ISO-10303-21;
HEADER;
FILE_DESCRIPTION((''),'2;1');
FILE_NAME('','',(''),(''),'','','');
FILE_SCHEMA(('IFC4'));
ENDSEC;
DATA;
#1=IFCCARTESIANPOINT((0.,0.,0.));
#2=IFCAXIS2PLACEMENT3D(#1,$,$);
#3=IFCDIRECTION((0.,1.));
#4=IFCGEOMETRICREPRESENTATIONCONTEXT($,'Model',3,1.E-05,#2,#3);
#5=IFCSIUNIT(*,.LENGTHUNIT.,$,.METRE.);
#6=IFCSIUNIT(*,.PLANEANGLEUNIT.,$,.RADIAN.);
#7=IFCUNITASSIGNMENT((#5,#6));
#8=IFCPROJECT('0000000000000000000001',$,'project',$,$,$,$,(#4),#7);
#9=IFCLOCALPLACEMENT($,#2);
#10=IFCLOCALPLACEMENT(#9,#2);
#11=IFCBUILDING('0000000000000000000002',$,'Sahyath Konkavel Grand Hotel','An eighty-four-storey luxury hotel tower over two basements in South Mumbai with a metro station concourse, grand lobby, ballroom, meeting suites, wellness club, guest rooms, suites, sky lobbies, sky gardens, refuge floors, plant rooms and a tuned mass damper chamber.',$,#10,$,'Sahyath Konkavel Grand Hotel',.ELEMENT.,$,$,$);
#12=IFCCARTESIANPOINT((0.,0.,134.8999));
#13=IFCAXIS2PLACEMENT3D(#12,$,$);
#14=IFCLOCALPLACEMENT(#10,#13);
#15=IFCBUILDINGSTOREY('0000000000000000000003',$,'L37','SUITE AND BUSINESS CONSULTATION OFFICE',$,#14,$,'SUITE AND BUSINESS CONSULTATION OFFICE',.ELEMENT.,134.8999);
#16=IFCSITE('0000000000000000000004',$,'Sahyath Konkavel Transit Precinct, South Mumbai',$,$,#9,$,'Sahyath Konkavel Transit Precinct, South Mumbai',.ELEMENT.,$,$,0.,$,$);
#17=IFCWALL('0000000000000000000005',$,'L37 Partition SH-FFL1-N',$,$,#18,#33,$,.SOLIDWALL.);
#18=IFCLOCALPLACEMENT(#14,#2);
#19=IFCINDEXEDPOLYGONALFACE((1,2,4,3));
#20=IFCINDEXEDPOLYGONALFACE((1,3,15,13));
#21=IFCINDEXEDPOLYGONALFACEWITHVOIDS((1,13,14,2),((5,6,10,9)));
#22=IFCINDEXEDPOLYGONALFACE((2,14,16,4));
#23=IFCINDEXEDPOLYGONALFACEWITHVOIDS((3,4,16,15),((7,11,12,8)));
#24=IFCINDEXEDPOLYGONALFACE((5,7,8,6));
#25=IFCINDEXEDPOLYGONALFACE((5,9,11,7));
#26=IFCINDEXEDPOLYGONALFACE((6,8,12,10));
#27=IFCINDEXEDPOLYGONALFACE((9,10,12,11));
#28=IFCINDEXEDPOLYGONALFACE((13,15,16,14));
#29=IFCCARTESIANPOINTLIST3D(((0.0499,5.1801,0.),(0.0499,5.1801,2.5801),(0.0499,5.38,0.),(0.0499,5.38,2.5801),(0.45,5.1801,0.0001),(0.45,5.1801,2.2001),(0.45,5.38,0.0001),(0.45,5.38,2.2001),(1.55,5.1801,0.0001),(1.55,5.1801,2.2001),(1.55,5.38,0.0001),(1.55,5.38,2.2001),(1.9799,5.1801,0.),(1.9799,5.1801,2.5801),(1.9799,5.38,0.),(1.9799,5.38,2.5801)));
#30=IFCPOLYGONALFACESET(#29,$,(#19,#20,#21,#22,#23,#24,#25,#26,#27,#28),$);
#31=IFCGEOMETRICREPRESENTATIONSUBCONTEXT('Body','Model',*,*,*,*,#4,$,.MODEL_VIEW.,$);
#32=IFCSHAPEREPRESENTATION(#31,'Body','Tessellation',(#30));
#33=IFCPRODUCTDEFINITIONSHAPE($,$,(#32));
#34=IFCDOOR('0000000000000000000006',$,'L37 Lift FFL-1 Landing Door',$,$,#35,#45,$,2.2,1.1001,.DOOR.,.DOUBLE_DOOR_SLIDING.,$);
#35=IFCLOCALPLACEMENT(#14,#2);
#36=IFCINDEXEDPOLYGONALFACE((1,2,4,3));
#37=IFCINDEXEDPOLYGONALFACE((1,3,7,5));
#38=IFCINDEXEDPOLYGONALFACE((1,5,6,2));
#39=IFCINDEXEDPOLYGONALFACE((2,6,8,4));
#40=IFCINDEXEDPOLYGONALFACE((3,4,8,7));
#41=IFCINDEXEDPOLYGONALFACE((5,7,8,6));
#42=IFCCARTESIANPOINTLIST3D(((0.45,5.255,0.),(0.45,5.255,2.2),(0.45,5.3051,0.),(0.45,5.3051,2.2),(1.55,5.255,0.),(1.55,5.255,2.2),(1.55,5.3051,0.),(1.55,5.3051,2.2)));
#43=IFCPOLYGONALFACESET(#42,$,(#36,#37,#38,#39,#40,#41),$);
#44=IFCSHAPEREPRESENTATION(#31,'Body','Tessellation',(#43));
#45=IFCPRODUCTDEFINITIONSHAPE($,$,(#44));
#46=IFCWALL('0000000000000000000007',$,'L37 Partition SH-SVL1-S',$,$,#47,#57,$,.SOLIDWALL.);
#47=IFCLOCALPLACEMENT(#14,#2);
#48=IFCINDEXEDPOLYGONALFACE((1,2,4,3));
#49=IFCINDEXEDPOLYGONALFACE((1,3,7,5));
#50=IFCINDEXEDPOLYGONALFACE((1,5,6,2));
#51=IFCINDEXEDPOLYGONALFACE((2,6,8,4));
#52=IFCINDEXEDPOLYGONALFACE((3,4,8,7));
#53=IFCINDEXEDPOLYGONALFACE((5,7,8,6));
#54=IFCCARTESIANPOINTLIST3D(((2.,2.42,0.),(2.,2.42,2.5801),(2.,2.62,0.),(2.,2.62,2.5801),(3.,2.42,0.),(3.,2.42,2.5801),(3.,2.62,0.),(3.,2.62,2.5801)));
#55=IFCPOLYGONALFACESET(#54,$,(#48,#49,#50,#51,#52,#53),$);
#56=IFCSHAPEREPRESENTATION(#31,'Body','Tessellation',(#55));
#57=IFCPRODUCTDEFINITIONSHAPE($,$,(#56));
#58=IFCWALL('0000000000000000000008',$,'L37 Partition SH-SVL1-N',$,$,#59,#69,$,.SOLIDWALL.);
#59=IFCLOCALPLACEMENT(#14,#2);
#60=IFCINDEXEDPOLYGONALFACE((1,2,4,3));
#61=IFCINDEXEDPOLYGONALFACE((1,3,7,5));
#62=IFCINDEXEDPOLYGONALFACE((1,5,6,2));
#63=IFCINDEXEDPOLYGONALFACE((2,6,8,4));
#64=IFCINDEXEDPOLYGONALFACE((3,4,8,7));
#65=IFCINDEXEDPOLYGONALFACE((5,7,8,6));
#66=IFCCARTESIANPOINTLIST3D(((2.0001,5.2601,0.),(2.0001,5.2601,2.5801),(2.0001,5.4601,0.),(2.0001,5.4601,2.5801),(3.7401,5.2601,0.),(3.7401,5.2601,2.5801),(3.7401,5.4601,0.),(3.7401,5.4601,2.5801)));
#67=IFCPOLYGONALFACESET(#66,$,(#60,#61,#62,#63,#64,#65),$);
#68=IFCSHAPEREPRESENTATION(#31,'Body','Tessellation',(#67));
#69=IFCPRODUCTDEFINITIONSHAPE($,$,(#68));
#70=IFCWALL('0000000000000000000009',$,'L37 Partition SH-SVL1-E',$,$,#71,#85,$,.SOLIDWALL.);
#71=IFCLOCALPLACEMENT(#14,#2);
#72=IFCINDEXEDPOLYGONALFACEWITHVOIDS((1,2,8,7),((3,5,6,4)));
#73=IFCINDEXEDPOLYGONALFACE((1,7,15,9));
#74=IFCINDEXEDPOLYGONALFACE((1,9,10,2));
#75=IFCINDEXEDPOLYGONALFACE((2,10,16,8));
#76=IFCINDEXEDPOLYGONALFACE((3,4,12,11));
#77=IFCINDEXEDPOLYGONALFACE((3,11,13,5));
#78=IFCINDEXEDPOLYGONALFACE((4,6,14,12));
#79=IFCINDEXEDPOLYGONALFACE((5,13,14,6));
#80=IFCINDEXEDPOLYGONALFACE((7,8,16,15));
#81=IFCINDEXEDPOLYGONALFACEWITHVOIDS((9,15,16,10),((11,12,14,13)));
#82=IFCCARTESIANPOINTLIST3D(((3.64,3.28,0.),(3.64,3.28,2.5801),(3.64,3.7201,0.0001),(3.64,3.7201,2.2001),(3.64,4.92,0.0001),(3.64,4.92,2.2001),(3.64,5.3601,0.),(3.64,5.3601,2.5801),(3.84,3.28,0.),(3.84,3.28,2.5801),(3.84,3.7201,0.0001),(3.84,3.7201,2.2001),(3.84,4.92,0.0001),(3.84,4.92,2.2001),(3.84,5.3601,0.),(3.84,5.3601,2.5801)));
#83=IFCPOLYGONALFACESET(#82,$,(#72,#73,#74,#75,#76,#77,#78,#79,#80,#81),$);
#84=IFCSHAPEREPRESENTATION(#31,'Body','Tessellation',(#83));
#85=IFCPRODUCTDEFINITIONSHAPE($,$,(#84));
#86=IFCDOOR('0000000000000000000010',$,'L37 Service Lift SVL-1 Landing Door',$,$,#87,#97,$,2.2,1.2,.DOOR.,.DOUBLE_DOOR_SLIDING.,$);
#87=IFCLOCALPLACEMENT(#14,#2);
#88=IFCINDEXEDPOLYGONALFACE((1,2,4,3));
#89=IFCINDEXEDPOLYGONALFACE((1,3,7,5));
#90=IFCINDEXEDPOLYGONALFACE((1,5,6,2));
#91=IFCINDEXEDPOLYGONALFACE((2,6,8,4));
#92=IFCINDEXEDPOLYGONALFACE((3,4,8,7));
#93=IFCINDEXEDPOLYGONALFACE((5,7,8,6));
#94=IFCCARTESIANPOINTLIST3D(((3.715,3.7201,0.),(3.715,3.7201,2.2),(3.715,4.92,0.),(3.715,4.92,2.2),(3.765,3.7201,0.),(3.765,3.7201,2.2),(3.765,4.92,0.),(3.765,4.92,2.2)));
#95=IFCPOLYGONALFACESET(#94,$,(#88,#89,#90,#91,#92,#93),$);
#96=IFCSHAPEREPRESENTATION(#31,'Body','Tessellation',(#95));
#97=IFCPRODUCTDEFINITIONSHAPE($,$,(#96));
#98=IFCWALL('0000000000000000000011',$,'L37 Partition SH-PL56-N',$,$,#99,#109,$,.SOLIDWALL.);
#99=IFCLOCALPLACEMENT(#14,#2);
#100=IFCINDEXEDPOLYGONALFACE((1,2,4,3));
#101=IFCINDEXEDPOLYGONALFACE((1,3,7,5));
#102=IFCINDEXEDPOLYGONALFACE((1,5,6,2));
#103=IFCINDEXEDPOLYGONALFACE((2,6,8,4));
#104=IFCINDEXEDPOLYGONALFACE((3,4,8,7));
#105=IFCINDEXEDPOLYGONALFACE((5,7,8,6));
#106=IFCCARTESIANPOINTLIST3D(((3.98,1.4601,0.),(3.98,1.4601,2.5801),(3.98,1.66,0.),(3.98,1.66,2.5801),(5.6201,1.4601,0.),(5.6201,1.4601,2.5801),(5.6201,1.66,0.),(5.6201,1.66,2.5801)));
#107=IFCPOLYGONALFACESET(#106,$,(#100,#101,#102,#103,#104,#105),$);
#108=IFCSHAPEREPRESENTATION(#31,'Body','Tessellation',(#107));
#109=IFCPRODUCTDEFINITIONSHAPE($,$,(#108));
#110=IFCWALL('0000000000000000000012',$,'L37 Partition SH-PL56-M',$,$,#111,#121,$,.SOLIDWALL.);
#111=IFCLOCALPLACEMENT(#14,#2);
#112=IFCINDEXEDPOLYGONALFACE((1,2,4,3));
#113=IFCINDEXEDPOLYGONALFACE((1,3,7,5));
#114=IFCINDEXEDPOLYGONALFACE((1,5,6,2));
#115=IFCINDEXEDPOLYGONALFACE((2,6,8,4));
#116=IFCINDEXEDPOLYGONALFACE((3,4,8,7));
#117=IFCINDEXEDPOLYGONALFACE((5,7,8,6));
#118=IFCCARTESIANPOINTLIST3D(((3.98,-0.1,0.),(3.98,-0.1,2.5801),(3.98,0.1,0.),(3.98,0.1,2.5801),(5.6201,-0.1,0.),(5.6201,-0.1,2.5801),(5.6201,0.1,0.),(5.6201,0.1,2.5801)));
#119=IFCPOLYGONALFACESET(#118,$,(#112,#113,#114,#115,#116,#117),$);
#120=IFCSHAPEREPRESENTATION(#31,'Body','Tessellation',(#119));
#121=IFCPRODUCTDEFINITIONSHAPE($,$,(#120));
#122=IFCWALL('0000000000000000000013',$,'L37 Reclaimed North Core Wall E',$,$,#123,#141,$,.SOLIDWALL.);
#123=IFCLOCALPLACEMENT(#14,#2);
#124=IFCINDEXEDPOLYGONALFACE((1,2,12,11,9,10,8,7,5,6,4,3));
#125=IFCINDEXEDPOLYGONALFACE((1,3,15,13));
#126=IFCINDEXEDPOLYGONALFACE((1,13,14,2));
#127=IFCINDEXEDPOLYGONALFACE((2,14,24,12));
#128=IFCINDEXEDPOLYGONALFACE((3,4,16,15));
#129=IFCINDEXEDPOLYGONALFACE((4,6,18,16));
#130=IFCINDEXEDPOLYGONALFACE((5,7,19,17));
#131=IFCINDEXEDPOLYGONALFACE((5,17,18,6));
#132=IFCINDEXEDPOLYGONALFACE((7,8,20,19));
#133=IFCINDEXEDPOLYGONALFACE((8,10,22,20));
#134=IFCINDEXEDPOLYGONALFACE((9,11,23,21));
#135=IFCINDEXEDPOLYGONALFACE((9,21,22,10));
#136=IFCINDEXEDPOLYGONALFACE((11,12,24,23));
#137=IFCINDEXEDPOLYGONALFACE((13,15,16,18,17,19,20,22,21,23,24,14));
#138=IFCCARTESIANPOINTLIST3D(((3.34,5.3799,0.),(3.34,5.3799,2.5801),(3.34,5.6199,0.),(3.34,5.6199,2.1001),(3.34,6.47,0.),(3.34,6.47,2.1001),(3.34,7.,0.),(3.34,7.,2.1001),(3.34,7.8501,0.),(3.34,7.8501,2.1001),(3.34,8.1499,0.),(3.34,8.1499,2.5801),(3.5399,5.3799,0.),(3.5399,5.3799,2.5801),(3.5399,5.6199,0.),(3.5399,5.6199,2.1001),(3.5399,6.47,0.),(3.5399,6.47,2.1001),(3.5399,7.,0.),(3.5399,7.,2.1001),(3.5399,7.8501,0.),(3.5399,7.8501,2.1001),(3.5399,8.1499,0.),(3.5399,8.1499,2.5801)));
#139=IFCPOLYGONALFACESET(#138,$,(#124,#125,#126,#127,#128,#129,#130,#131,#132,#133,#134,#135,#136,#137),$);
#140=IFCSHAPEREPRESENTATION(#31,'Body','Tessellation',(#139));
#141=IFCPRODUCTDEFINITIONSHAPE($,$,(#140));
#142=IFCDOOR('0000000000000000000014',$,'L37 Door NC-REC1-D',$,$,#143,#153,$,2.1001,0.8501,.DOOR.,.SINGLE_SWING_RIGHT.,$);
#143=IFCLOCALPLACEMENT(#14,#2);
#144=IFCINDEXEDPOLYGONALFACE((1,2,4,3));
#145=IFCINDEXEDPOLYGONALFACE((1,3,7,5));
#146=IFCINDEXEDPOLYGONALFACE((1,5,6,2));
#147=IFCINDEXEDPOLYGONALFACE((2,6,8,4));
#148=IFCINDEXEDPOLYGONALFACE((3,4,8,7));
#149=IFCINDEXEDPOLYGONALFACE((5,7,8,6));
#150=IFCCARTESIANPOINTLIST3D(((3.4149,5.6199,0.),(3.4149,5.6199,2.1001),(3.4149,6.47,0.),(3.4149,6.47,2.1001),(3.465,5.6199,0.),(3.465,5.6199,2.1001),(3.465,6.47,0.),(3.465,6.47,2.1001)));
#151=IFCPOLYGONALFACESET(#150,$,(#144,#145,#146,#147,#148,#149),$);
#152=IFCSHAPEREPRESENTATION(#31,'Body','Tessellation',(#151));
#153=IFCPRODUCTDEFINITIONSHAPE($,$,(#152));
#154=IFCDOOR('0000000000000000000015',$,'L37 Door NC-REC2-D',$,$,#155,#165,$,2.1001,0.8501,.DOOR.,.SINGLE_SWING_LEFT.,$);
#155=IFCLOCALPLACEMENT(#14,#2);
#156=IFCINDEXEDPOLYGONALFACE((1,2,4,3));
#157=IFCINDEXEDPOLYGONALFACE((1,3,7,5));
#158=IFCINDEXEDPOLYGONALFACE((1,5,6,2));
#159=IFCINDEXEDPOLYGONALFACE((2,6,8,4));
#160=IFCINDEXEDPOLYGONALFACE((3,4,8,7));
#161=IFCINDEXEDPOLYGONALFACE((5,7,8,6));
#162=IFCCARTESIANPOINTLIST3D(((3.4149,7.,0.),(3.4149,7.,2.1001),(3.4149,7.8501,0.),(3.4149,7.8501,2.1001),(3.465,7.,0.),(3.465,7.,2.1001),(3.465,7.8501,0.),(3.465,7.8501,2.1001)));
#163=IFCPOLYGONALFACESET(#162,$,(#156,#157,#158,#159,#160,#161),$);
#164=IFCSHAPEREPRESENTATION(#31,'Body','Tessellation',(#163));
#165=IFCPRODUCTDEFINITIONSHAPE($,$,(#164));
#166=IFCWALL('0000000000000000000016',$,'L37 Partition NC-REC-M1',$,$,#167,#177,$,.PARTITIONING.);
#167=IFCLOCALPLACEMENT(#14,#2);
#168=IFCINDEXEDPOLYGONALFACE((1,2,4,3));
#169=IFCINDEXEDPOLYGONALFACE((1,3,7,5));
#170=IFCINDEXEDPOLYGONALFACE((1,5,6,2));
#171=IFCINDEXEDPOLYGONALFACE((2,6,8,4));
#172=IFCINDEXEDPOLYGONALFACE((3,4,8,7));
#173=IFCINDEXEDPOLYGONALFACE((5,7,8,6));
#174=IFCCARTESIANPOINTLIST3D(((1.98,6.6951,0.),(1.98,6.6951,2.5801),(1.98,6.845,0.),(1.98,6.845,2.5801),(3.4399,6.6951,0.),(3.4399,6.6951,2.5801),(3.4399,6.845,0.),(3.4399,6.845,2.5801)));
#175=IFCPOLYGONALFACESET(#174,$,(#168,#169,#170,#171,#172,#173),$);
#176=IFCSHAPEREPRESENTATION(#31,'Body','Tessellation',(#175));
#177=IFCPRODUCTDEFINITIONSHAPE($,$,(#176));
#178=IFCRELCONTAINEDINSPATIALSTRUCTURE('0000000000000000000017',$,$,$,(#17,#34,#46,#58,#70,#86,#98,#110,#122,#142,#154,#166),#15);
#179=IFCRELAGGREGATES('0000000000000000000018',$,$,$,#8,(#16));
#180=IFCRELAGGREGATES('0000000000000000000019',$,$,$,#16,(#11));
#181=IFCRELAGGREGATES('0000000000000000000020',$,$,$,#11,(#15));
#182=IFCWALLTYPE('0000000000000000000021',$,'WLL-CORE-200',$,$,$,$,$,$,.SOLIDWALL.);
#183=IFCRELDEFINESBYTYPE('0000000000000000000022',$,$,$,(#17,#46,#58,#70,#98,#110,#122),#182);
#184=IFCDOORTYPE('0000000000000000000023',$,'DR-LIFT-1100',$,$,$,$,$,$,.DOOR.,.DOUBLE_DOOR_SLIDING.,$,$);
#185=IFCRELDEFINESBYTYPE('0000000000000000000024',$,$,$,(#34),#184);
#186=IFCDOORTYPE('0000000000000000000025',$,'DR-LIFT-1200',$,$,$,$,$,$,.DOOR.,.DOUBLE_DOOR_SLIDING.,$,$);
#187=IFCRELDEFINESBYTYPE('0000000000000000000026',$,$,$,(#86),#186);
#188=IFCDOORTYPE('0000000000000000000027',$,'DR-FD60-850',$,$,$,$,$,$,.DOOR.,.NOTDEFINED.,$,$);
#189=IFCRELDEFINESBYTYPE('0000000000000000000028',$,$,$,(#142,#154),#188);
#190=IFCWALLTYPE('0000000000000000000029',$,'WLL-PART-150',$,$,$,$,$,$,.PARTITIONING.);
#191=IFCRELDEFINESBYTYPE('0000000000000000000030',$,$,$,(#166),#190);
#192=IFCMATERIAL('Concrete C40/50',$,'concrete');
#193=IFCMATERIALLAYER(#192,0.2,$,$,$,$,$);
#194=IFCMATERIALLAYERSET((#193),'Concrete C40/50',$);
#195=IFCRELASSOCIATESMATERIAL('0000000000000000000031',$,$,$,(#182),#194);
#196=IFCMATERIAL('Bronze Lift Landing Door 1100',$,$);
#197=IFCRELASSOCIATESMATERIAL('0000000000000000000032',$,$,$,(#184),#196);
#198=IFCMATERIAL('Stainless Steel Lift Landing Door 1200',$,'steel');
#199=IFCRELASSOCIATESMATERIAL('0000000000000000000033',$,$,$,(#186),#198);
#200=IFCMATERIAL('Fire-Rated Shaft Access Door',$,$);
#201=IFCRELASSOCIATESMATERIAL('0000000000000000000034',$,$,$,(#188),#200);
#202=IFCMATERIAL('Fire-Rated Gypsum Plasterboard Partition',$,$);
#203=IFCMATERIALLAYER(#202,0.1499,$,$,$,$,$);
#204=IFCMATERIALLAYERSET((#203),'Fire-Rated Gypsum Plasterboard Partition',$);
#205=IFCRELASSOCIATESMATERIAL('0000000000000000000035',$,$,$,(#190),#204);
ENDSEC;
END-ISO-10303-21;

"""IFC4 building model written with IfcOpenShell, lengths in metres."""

from ifc_helpers import new_model, si_unit, direction, frame, frame_2d, origin, origin_2d, place, context, subcontext, project, spatial, rectangle, extrude, source, transform, mapped, material, layer, layer_set, type_object, element, fill, save


model = new_model("IFC4")

# Units and contexts
model_context = context("Model", 3, precision=1e-05, world=origin(), true_north=direction((0.0, 1.0)))
body_context = subcontext(model_context, "Body", "Model", "MODEL_VIEW")
ifc_project = project(units=[si_unit("LENGTHUNIT", "METRE"), si_unit("PLANEANGLEUNIT", "RADIAN")], contexts=[model_context])

# Site, building, storey
site_placement = place(None, origin())
site = spatial("IfcSite", under=ifc_project, at=site_placement, Name="Sahyath Konkavel Transit Precinct, South Mumbai", LongName="Sahyath Konkavel Transit Precinct, South Mumbai", CompositionType="ELEMENT", RefElevation=0.0)
building_placement = place(site_placement, origin())
building = spatial("IfcBuilding", under=site, at=building_placement, Name="Sahyath Konkavel Grand Hotel", Description="An eighty-four-storey luxury hotel tower over two basements in South Mumbai with a metro station concourse, grand lobby, ballroom, meeting suites, wellness club, guest rooms, suites, sky lobbies, sky gardens, refuge floors, plant rooms and a tuned mass damper chamber.", LongName="Sahyath Konkavel Grand Hotel", CompositionType="ELEMENT")
storey_placement = place(building_placement, frame((0.0, 0.0, 134.8999)))
storey = spatial("IfcBuildingStorey", under=building, at=storey_placement, Name="L37", Description="SUITE AND BUSINESS CONSULTATION OFFICE", LongName="SUITE AND BUSINESS CONSULTATION OFFICE", CompositionType="ELEMENT", Elevation=134.8999)

# Shared definitions
ifc_material_1 = material(Name="Concrete C40/50", Category="concrete")

# Shared definitions
ifc_layer_1 = layer(ifc_material_1, 0.2)
ifc_layer_set_1 = layer_set([ifc_layer_1], Name="Concrete C40/50")
wall_type_1 = type_object("IfcWallType", Name="WLL-CORE-200", PredefinedType="SOLIDWALL", material=ifc_layer_set_1)
shared_shape_1 = source(origin(), body_context, "Body", "SweptSolid", [
    extrude(rectangle(XDim=0.8501, YDim=0.05, at=origin_2d()), origin(), (0.0, 0.0, 1.0), 2.1001),
])

# Wall, opening, door
wall_1_placement = place(storey_placement, frame((0.05, 5.28, 0.0), z_axis=(0.0, 0.0, 1.0), x_axis=(1.0, 0.0, 0.0)))
wall_1 = element("IfcWall", 1, at=wall_1_placement, inside=storey, type_object=wall_type_1, Name="L37 Partition SH-FFL1-N", PredefinedType="SOLIDWALL", context=body_context, shape_type="SweptSolid", body=[
    extrude(rectangle(XDim=1.9299, YDim=0.2, at=frame_2d((0.9648, 0.0))), origin(), (0.0, 0.0, 1.0), 2.5801),
])
opening_1_placement = place(wall_1_placement, frame((0.3999, 0.0, 0.0)))
opening_1 = element("IfcOpeningElement", 2, at=opening_1_placement, cuts=wall_1, PredefinedType="OPENING", context=body_context, shape_type="SweptSolid", body=[
    extrude(rectangle(XDim=1.1001, YDim=2.2, at=frame_2d((0.55, 1.1001))), frame((0.0, 0.1099, 0.0), z_axis=(0.0, -1.0, 0.0), x_axis=(1.0, 0.0, 0.0)), (0.0, 0.0, 1.0), 0.22),
])
ifc_material_2 = material(Name="Bronze Lift Landing Door 1100")
door_type_1 = type_object("IfcDoorType", Name="DR-LIFT-1100", OperationType="DOUBLE_DOOR_SLIDING", PredefinedType="DOOR", material=ifc_material_2)
shared_shape_2 = source(origin(), body_context, "Body", "SweptSolid", [
    extrude(rectangle(XDim=1.1001, YDim=0.05, at=origin_2d()), origin(), (0.0, 0.0, 1.0), 2.2),
])
door_1_placement = place(opening_1_placement, frame((0.55, 0.0, 0.0)))
door_1 = element("IfcDoor", 3, at=door_1_placement, inside=storey, type_object=door_type_1, Name="L37 Lift FFL-1 Landing Door", OperationType="DOUBLE_DOOR_SLIDING", OverallHeight=2.2, OverallWidth=1.1001, PredefinedType="DOOR", context=body_context, shape_type="MappedRepresentation", body=[
    mapped(shared_shape_2, transform((0.0, 0.0, 0.0), scale=1.0)),
])
fill(opening_1, door_1)

# Walls
wall_2_placement = place(storey_placement, frame((2.0, 2.52, 0.0), z_axis=(0.0, 0.0, 1.0), x_axis=(1.0, 0.0, 0.0)))
element("IfcWall", 4, at=wall_2_placement, inside=storey, type_object=wall_type_1, Name="L37 Partition SH-SVL1-S", PredefinedType="SOLIDWALL", context=body_context, shape_type="SweptSolid", body=[
    extrude(rectangle(XDim=1.0, YDim=0.2, at=frame_2d((0.5, 0.0))), origin(), (0.0, 0.0, 1.0), 2.5801),
])
wall_3_placement = place(storey_placement, frame((2.0, 5.3601, 0.0), z_axis=(0.0, 0.0, 1.0), x_axis=(1.0, 0.0, 0.0)))
element("IfcWall", 5, at=wall_3_placement, inside=storey, type_object=wall_type_1, Name="L37 Partition SH-SVL1-N", PredefinedType="SOLIDWALL", context=body_context, shape_type="SweptSolid", body=[
    extrude(rectangle(XDim=1.74, YDim=0.2, at=frame_2d((0.8701, 0.0))), origin(), (0.0, 0.0, 1.0), 2.5801),
])

# Wall, opening, door
wall_4_placement = place(storey_placement, frame((3.74, 3.28, 0.0), z_axis=(0.0, 0.0, 1.0), x_axis=(0.0, 1.0, 0.0)))
wall_4 = element("IfcWall", 6, at=wall_4_placement, inside=storey, type_object=wall_type_1, Name="L37 Partition SH-SVL1-E", PredefinedType="SOLIDWALL", context=body_context, shape_type="SweptSolid", body=[
    extrude(rectangle(XDim=2.0801, YDim=0.2, at=frame_2d((1.04, 0.0))), origin(), (0.0, 0.0, 1.0), 2.5801),
])
opening_2_placement = place(wall_4_placement, frame((0.4399, 0.0, 0.0)))
opening_2 = element("IfcOpeningElement", 7, at=opening_2_placement, cuts=wall_4, PredefinedType="OPENING", context=body_context, shape_type="SweptSolid", body=[
    extrude(rectangle(XDim=1.2, YDim=2.2, at=frame_2d((0.6001, 1.1001))), frame((0.0, 0.1099, 0.0), z_axis=(0.0, -1.0, 0.0), x_axis=(1.0, 0.0, 0.0)), (0.0, 0.0, 1.0), 0.22),
])
ifc_material_3 = material(Name="Stainless Steel Lift Landing Door 1200", Category="steel")
door_type_2 = type_object("IfcDoorType", Name="DR-LIFT-1200", OperationType="DOUBLE_DOOR_SLIDING", PredefinedType="DOOR", material=ifc_material_3)
shared_shape_3 = source(origin(), body_context, "Body", "SweptSolid", [
    extrude(rectangle(XDim=1.2, YDim=0.05, at=origin_2d()), origin(), (0.0, 0.0, 1.0), 2.2),
])
door_2_placement = place(opening_2_placement, frame((0.6001, 0.0, 0.0)))
door_2 = element("IfcDoor", 8, at=door_2_placement, inside=storey, type_object=door_type_2, Name="L37 Service Lift SVL-1 Landing Door", OperationType="DOUBLE_DOOR_SLIDING", OverallHeight=2.2, OverallWidth=1.2, PredefinedType="DOOR", context=body_context, shape_type="MappedRepresentation", body=[
    mapped(shared_shape_3, transform((0.0, 0.0, 0.0), scale=1.0)),
])
fill(opening_2, door_2)

# Walls
for number, where, z_axis, x_axis, name in (
    (9, (3.98, 1.5601, 0.0), (0.0, 0.0, 1.0), (1.0, 0.0, 0.0), "L37 Partition SH-PL56-N"),
    (10, (3.98, 0.0, 0.0), (0.0, 0.0, 1.0), (1.0, 0.0, 0.0), "L37 Partition SH-PL56-M"),
):
    element("IfcWall", number, at=place(storey_placement, frame(where, z_axis=z_axis, x_axis=x_axis)), inside=storey, type_object=wall_type_1, Name=name, PredefinedType="SOLIDWALL", context=body_context, shape_type="SweptSolid", body=[
        extrude(rectangle(XDim=1.6401, YDim=0.2, at=frame_2d((0.8201, 0.0))), origin(), (0.0, 0.0, 1.0), 2.5801),
    ])

# Wall, openings, doors
wall_5_placement = place(storey_placement, frame((3.4399, 5.3799, 0.0), z_axis=(0.0, 0.0, 1.0), x_axis=(0.0, 1.0, 0.0)))
wall_5 = element("IfcWall", 11, at=wall_5_placement, inside=storey, type_object=wall_type_1, Name="L37 Reclaimed North Core Wall E", PredefinedType="SOLIDWALL", context=body_context, shape_type="SweptSolid", body=[
    extrude(rectangle(XDim=2.77, YDim=0.2, at=frame_2d((1.385, 0.0))), origin(), (0.0, 0.0, 1.0), 2.5801),
])
opening_3_placement = place(wall_5_placement, frame((0.24, 0.0, 0.0)))
opening_3 = element("IfcOpeningElement", 12, at=opening_3_placement, cuts=wall_5, PredefinedType="OPENING", context=body_context, shape_type="SweptSolid", body=[
    extrude(rectangle(XDim=0.8501, YDim=2.1001, at=frame_2d((0.425, 1.05))), frame((0.0, 0.1099, 0.0), z_axis=(0.0, -1.0, 0.0), x_axis=(1.0, 0.0, 0.0)), (0.0, 0.0, 1.0), 0.22),
])
opening_4_placement = place(wall_5_placement, frame((1.6201, 0.0, 0.0)))
opening_4 = element("IfcOpeningElement", 13, at=opening_4_placement, cuts=wall_5, PredefinedType="OPENING", context=body_context, shape_type="SweptSolid", body=[
    extrude(rectangle(XDim=0.8501, YDim=2.1001, at=frame_2d((0.425, 1.05))), frame((0.0, 0.1099, 0.0), z_axis=(0.0, -1.0, 0.0), x_axis=(1.0, 0.0, 0.0)), (0.0, 0.0, 1.0), 0.22),
])
ifc_material_4 = material(Name="Fire-Rated Shaft Access Door")
door_type_3 = type_object("IfcDoorType", Name="DR-FD60-850", OperationType="NOTDEFINED", PredefinedType="DOOR", material=ifc_material_4)
door_3_placement = place(opening_3_placement, frame((0.425, 0.0, 0.0)))
door_3 = element("IfcDoor", 14, at=door_3_placement, inside=storey, type_object=door_type_3, Name="L37 Door NC-REC1-D", OperationType="SINGLE_SWING_RIGHT", OverallHeight=2.1001, OverallWidth=0.8501, PredefinedType="DOOR", context=body_context, shape_type="MappedRepresentation", body=[
    mapped(shared_shape_1, transform((0.0, 0.0, 0.0), scale=1.0)),
])
fill(opening_3, door_3)
door_4_placement = place(opening_4_placement, frame((0.425, 0.0, 0.0)))
door_4 = element("IfcDoor", 15, at=door_4_placement, inside=storey, type_object=door_type_3, Name="L37 Door NC-REC2-D", OperationType="SINGLE_SWING_LEFT", OverallHeight=2.1001, OverallWidth=0.8501, PredefinedType="DOOR", context=body_context, shape_type="MappedRepresentation", body=[
    mapped(shared_shape_1, transform((0.0, 0.0, 0.0), scale=1.0)),
])
fill(opening_4, door_4)

# Wall
ifc_material_5 = material(Name="Fire-Rated Gypsum Plasterboard Partition")
ifc_layer_2 = layer(ifc_material_5, 0.1499)
ifc_layer_set_2 = layer_set([ifc_layer_2], Name="Fire-Rated Gypsum Plasterboard Partition")
wall_type_2 = type_object("IfcWallType", Name="WLL-PART-150", PredefinedType="PARTITIONING", material=ifc_layer_set_2)
wall_6_placement = place(storey_placement, frame((1.98, 6.77, 0.0), z_axis=(0.0, 0.0, 1.0), x_axis=(1.0, 0.0, 0.0)))
element("IfcWall", 16, at=wall_6_placement, inside=storey, type_object=wall_type_2, Name="L37 Partition NC-REC-M1", PredefinedType="PARTITIONING", context=body_context, shape_type="SweptSolid", body=[
    extrude(rectangle(XDim=1.46, YDim=0.1499, at=frame_2d((0.73, 0.0))), origin(), (0.0, 0.0, 1.0), 2.5801),
])

save(model, "model.ifc")
